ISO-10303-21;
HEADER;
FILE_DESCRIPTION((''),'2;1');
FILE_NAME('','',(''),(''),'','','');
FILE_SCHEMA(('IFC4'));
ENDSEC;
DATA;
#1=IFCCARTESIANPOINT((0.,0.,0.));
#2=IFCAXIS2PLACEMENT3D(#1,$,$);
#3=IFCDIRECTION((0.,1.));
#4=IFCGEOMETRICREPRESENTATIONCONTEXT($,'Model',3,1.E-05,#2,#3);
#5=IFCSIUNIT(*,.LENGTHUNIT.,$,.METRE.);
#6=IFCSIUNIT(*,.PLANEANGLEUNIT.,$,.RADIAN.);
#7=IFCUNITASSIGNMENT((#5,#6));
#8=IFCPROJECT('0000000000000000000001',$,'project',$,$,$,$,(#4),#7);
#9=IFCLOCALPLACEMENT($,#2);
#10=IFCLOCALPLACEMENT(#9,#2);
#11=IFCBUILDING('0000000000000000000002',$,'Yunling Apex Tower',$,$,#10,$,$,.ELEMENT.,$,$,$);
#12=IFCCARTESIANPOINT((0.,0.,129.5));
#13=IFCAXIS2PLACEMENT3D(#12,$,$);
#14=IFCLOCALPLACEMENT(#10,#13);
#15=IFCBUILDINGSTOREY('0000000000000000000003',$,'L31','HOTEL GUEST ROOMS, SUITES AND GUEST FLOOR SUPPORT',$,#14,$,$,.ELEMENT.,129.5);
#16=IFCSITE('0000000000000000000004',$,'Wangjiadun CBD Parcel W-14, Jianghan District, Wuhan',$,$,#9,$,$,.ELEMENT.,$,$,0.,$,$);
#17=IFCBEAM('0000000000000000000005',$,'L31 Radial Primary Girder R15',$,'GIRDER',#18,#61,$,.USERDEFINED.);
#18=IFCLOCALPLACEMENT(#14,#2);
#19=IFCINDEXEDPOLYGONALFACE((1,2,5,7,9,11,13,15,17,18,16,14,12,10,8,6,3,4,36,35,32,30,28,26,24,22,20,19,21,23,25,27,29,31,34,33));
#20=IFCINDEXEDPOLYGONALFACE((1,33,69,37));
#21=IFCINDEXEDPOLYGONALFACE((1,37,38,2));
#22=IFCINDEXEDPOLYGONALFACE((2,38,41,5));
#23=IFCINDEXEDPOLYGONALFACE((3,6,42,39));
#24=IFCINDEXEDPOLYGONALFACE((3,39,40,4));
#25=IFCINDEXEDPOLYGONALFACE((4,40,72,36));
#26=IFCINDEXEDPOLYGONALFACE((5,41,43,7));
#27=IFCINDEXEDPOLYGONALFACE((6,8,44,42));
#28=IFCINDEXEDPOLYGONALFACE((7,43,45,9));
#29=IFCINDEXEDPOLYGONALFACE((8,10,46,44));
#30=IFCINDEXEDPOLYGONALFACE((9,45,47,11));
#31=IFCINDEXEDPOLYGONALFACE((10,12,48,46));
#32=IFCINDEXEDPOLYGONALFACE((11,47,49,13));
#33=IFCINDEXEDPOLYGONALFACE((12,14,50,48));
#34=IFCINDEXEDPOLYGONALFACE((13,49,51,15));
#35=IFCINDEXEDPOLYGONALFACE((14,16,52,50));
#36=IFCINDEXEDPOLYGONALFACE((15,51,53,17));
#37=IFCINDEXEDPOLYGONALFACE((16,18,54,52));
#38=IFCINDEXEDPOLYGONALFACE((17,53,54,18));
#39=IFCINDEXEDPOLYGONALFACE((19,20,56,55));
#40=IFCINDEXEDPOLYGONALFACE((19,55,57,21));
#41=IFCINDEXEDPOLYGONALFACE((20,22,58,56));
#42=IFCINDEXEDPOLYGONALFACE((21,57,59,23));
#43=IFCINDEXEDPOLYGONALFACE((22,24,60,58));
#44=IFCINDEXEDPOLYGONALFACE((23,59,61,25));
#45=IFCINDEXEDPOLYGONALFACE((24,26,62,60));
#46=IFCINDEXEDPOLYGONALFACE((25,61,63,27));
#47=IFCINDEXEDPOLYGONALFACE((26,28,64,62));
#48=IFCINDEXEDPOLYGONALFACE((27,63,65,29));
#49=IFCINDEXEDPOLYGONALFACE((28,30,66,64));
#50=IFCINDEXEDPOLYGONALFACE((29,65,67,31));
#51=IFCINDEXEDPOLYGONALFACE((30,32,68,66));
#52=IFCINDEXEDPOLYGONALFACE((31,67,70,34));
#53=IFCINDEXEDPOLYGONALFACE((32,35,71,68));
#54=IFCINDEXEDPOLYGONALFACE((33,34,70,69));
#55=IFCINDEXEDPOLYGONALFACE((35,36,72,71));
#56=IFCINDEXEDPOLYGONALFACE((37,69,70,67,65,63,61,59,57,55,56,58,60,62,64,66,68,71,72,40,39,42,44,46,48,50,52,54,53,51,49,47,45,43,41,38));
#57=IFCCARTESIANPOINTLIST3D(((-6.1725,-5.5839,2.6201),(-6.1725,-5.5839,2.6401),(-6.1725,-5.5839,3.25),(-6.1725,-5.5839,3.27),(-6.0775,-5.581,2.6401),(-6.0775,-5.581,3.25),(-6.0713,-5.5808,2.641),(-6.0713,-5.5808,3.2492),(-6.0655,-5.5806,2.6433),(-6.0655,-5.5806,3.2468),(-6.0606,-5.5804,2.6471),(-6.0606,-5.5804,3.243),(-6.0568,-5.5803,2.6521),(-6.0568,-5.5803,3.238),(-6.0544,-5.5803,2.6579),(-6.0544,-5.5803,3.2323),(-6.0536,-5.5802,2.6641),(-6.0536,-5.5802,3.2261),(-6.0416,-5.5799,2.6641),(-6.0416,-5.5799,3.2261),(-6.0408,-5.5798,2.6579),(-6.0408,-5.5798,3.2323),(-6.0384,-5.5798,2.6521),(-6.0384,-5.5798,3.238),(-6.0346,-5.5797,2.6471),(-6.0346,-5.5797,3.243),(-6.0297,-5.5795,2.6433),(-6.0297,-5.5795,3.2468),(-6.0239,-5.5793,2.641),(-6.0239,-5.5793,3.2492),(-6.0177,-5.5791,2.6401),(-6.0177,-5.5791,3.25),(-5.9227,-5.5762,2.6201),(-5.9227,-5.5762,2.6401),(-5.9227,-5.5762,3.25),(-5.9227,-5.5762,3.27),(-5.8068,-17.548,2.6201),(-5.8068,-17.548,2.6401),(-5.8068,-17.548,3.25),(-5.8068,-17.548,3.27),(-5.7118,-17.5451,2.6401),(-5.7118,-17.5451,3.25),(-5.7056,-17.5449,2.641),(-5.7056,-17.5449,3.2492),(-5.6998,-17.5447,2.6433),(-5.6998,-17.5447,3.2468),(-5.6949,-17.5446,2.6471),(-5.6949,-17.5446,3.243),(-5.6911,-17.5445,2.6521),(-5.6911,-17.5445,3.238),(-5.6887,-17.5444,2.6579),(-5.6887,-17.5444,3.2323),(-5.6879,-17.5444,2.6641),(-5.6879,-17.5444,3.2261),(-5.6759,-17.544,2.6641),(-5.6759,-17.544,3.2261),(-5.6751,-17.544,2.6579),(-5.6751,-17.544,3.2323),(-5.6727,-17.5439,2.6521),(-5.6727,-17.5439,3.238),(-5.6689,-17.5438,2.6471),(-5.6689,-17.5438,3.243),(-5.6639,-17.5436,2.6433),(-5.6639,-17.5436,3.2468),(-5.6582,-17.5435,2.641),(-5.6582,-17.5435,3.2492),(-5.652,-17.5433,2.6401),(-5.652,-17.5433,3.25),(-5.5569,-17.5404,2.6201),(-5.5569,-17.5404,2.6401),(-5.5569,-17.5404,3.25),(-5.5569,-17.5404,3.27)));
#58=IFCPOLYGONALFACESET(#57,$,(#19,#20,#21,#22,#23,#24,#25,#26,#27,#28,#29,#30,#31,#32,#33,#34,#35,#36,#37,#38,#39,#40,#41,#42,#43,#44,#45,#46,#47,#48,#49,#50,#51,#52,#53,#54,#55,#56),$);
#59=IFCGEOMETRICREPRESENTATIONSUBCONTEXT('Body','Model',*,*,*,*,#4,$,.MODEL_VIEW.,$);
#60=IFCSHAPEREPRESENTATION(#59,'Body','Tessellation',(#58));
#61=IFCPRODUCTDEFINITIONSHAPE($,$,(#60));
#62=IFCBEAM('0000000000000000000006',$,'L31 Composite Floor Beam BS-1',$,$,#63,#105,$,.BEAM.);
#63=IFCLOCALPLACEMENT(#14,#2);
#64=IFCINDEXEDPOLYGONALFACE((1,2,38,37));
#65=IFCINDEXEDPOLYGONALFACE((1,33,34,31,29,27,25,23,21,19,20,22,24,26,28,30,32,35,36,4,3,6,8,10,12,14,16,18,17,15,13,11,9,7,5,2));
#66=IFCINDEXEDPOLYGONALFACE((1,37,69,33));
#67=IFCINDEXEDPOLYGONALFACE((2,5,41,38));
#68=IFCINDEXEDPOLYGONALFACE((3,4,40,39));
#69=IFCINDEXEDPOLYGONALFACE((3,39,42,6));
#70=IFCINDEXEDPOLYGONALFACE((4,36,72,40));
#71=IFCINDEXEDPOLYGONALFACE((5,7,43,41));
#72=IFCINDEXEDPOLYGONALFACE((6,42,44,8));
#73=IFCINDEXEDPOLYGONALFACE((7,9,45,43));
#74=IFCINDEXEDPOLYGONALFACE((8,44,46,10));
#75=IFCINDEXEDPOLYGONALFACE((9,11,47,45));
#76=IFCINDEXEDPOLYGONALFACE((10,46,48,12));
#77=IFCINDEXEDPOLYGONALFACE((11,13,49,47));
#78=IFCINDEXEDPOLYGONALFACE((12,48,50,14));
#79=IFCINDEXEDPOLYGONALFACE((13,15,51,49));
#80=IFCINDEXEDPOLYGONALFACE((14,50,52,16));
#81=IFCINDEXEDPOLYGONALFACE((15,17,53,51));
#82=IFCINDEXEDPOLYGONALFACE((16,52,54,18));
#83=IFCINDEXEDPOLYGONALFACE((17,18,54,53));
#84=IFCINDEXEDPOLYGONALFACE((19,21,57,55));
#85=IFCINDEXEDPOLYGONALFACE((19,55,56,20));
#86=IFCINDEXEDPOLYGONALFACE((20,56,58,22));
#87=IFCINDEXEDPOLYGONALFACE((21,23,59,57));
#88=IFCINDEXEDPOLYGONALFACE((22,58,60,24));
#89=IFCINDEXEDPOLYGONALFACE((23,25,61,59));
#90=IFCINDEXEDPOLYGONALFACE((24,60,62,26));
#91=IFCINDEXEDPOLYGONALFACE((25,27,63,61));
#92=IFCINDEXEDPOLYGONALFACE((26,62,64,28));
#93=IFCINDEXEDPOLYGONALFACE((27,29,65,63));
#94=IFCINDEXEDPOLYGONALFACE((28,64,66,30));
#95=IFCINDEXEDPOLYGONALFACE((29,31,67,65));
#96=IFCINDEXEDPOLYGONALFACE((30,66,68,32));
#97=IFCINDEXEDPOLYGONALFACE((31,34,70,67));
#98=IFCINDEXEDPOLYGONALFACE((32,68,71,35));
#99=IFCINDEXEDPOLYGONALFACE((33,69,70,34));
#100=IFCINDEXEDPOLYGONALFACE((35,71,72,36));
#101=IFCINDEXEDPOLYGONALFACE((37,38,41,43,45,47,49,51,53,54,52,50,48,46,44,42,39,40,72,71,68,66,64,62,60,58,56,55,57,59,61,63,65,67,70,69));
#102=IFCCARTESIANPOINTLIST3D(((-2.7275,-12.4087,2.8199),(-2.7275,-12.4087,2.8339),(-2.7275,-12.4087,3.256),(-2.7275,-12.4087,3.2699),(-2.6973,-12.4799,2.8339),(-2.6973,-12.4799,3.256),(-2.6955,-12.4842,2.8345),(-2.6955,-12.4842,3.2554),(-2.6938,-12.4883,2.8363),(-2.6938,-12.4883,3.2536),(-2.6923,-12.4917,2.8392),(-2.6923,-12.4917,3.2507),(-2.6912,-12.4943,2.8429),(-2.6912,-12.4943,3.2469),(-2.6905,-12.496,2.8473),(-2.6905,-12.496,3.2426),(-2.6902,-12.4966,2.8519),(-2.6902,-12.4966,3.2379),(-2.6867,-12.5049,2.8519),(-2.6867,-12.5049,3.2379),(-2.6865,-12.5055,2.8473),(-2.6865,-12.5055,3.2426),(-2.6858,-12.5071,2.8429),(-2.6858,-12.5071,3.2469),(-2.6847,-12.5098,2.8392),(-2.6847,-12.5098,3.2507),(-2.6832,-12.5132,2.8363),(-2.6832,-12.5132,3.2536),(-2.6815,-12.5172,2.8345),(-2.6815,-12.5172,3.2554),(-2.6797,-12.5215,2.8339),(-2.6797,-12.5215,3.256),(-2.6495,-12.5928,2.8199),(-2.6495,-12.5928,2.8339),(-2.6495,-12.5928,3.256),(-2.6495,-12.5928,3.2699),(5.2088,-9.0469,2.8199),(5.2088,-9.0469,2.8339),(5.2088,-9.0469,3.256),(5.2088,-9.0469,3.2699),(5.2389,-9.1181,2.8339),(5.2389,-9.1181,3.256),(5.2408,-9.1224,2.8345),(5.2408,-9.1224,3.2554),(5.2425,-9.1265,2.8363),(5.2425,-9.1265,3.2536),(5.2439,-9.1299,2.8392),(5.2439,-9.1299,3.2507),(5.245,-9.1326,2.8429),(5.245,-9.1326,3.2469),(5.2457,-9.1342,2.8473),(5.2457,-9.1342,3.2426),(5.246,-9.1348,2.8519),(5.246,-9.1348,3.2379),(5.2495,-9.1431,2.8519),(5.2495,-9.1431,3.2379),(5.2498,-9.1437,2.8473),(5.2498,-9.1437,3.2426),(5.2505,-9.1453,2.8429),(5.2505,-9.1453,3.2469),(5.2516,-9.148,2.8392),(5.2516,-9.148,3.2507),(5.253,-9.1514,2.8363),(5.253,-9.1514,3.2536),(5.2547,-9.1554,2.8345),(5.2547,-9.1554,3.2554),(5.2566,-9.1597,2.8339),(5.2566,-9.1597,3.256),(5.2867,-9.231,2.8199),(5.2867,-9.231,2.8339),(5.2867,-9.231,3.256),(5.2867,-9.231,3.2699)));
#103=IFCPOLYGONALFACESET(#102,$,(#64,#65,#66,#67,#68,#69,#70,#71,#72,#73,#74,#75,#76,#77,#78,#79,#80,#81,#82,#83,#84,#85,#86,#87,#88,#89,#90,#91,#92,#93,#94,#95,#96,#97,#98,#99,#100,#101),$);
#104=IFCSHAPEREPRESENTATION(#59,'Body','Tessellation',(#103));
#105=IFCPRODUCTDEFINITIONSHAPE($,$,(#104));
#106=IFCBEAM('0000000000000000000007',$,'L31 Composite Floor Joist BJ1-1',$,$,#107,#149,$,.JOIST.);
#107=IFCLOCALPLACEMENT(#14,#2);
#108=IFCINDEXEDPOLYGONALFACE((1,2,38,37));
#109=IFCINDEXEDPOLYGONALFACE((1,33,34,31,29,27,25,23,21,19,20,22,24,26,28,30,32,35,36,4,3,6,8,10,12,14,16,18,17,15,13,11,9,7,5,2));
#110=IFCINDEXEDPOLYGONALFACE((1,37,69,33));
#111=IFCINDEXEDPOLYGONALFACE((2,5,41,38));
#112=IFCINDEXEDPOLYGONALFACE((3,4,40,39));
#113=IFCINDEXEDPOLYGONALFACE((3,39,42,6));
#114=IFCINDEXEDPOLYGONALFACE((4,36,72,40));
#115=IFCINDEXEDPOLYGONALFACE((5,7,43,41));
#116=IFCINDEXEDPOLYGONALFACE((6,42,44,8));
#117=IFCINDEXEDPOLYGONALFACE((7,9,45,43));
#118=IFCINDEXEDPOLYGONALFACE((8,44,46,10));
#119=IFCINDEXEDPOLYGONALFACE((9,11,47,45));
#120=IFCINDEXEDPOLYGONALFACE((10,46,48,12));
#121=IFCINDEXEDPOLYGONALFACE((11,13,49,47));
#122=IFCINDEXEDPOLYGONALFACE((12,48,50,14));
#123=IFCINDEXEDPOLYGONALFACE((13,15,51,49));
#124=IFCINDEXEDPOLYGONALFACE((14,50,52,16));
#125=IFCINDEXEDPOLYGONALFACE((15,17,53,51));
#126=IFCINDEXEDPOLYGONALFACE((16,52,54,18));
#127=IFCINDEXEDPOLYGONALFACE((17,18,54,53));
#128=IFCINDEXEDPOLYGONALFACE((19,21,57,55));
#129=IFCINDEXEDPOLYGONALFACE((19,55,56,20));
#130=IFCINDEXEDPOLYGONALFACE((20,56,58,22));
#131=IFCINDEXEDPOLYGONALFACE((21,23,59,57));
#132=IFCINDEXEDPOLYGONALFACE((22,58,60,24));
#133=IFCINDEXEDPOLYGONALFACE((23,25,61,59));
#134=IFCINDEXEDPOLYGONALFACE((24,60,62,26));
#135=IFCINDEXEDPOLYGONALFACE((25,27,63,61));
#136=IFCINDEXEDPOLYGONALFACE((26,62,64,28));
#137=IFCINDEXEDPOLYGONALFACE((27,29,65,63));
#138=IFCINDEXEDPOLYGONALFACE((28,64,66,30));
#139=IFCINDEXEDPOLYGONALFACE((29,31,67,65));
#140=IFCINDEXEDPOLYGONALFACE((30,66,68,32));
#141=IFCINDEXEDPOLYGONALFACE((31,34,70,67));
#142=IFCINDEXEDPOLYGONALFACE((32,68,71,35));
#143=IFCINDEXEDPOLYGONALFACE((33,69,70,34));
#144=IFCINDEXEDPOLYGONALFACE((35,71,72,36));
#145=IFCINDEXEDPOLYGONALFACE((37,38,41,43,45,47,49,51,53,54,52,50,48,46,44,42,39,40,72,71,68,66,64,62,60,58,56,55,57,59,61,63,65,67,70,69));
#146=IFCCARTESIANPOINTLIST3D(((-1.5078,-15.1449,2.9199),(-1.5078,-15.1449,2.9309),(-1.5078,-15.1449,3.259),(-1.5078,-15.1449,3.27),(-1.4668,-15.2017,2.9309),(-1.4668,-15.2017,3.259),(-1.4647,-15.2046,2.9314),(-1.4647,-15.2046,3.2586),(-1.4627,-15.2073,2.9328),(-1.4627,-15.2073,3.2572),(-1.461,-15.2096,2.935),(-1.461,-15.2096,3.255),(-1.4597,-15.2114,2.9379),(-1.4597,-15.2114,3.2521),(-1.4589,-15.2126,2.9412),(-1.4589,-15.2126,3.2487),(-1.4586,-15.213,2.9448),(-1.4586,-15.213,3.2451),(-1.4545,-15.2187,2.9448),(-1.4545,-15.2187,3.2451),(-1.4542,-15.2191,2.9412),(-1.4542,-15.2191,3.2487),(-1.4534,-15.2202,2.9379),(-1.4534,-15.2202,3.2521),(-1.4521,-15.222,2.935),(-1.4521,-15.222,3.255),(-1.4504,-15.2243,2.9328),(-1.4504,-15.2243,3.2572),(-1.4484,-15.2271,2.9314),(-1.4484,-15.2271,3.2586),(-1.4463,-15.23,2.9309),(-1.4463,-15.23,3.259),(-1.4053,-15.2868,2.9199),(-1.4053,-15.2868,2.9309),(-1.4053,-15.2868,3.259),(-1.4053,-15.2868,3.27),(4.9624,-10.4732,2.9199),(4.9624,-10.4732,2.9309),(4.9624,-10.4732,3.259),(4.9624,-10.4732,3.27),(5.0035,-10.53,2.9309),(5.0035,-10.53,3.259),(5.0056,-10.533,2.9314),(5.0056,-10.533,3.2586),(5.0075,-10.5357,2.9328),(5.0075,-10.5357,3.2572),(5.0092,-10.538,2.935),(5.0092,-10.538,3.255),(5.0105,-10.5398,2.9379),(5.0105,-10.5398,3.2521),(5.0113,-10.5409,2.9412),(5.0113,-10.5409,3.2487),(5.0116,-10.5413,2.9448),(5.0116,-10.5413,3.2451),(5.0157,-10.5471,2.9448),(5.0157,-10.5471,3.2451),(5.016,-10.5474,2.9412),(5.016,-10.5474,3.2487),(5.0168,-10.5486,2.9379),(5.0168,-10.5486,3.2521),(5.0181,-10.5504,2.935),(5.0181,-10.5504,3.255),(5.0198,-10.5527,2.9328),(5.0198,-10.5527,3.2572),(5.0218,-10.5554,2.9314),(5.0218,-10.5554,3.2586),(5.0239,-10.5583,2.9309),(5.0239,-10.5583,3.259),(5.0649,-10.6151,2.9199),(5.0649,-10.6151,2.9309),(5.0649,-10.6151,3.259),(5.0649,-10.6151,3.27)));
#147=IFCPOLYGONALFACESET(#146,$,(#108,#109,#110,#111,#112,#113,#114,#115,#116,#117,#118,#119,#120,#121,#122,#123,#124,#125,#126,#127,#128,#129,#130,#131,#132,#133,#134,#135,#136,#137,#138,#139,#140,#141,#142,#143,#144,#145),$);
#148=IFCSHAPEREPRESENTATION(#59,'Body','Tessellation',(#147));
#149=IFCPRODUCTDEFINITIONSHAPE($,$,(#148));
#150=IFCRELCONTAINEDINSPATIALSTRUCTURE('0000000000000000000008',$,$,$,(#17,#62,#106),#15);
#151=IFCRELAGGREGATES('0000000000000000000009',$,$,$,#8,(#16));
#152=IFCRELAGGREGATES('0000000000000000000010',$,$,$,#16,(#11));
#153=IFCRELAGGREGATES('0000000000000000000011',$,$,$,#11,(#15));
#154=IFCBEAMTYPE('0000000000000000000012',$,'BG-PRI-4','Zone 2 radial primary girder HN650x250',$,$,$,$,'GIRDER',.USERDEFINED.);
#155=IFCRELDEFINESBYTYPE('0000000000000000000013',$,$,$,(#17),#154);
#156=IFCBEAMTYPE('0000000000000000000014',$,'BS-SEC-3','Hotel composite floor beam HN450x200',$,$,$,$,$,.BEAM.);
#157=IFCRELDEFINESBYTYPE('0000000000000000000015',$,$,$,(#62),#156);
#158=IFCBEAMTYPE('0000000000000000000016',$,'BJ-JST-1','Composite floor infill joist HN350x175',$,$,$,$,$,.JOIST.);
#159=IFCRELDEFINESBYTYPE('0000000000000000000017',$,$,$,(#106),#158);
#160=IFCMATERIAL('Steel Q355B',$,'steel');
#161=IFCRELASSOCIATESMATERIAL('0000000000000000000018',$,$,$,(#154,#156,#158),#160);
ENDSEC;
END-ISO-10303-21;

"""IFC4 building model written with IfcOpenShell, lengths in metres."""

from ifc_helpers import new_model, si_unit, direction, frame, origin, origin_2d, place, context, subcontext, project, spatial, i_section, extrude, source, transform, mapped, material, material_profile, profile_set, type_object, element, save


model = new_model("IFC4")

# Units and contexts
model_context = context("Model", 3, precision=1e-05, world=origin(), true_north=direction((0.0, 1.0)))
body_context = subcontext(model_context, "Body", "Model", "MODEL_VIEW")
ifc_project = project(units=[si_unit("LENGTHUNIT", "METRE"), si_unit("PLANEANGLEUNIT", "RADIAN")], contexts=[model_context])

# Site, building, storey
site_placement = place(None, origin())
site = spatial("IfcSite", under=ifc_project, at=site_placement, Name="Wangjiadun CBD Parcel W-14, Jianghan District, Wuhan", CompositionType="ELEMENT", RefElevation=0.0)
building_placement = place(site_placement, origin())
building = spatial("IfcBuilding", under=site, at=building_placement, Name="Yunling Apex Tower", CompositionType="ELEMENT")
storey_placement = place(building_placement, frame((0.0, 0.0, 129.5)))
storey = spatial("IfcBuildingStorey", under=building, at=storey_placement, Name="L31", Description="HOTEL GUEST ROOMS, SUITES AND GUEST FLOOR SUPPORT", CompositionType="ELEMENT", Elevation=129.5)

# Beams
ifc_material_1 = material(Name="Steel Q355B", Category="steel")
ifc_material_profile_1 = material_profile(ifc_material_1, i_section(OverallWidth=0.25, OverallDepth=0.6499, WebThickness=0.012, FlangeThickness=0.02, FilletRadius=0.0239, at=origin_2d()))
ifc_profile_set_1 = profile_set([ifc_material_profile_1], Name="Steel Q355B")
beam_type_1 = type_object("IfcBeamType", Name="BG-PRI-4", Description="Zone 2 radial primary girder HN650x250", ElementType="GIRDER", PredefinedType="USERDEFINED", material=ifc_profile_set_1)
shared_shape_1 = source(origin(), body_context, "Body", "SweptSolid", [
    extrude(i_section(OverallWidth=0.25, OverallDepth=0.6499, WebThickness=0.012, FlangeThickness=0.02, FilletRadius=0.0239, at=origin_2d()), origin(), (0.0, 0.0, 1.0), 11.9697),
])
beam_1_placement = place(storey_placement, frame((-5.6819, -17.5442, 2.9451), z_axis=(-0.030554, 0.999533, 0.0), x_axis=(-0.999533, -0.030554, 0.0)))
element("IfcBeam", 1, at=beam_1_placement, inside=storey, type_object=beam_type_1, Name="L31 Radial Primary Girder R15", ObjectType="GIRDER", PredefinedType="USERDEFINED", context=body_context, shape_type="MappedRepresentation", body=[
    mapped(shared_shape_1, transform((0.0, 0.0, 0.0), scale=1.0)),
])
ifc_material_profile_2 = material_profile(ifc_material_1, i_section(OverallWidth=0.2, OverallDepth=0.45, WebThickness=0.009, FlangeThickness=0.0139, FilletRadius=0.0181, at=origin_2d()))
ifc_profile_set_2 = profile_set([ifc_material_profile_2], Name="Steel Q355B")
beam_type_2 = type_object("IfcBeamType", Name="BS-SEC-3", Description="Hotel composite floor beam HN450x200", PredefinedType="BEAM", material=ifc_profile_set_2)
shared_shape_2 = source(origin(), body_context, "Body", "SweptSolid", [
    extrude(i_section(OverallWidth=0.2, OverallDepth=0.45, WebThickness=0.009, FlangeThickness=0.0139, FilletRadius=0.0181, at=origin_2d()), origin(), (0.0, 0.0, 1.0), 8.6189),
])
beam_2_placement = place(storey_placement, frame((-2.6885, -12.5007, 3.0449), z_axis=(0.920794, 0.390049, 0.0), x_axis=(-0.390049, 0.920794, 0.0)))
element("IfcBeam", 2, at=beam_2_placement, inside=storey, type_object=beam_type_2, Name="L31 Composite Floor Beam BS-1", PredefinedType="BEAM", context=body_context, shape_type="MappedRepresentation", body=[
    mapped(shared_shape_2, transform((0.0, 0.0, 0.0), scale=1.0)),
])
ifc_material_profile_3 = material_profile(ifc_material_1, i_section(OverallWidth=0.175, OverallDepth=0.3501, WebThickness=0.0071, FlangeThickness=0.011, FilletRadius=0.0139, at=origin_2d()))
ifc_profile_set_3 = profile_set([ifc_material_profile_3], Name="Steel Q355B")
beam_type_3 = type_object("IfcBeamType", Name="BJ-JST-1", Description="Composite floor infill joist HN350x175", PredefinedType="JOIST", material=ifc_profile_set_3)
shared_shape_3 = source(origin(), body_context, "Body", "SweptSolid", [
    extrude(i_section(OverallWidth=0.175, OverallDepth=0.3501, WebThickness=0.0071, FlangeThickness=0.011, FilletRadius=0.0139, at=origin_2d()), origin(), (0.0, 0.0, 1.0), 7.9805),
])
beam_3_placement = place(storey_placement, frame((-1.4565, -15.2158, 3.095), z_axis=(0.810757, 0.585383, 0.0), x_axis=(-0.585383, 0.810757, 0.0)))
element("IfcBeam", 3, at=beam_3_placement, inside=storey, type_object=beam_type_3, Name="L31 Composite Floor Joist BJ1-1", PredefinedType="JOIST", context=body_context, shape_type="MappedRepresentation", body=[
    mapped(shared_shape_3, transform((0.0, 0.0, 0.0), scale=1.0)),
])

save(model, "model.ifc")
